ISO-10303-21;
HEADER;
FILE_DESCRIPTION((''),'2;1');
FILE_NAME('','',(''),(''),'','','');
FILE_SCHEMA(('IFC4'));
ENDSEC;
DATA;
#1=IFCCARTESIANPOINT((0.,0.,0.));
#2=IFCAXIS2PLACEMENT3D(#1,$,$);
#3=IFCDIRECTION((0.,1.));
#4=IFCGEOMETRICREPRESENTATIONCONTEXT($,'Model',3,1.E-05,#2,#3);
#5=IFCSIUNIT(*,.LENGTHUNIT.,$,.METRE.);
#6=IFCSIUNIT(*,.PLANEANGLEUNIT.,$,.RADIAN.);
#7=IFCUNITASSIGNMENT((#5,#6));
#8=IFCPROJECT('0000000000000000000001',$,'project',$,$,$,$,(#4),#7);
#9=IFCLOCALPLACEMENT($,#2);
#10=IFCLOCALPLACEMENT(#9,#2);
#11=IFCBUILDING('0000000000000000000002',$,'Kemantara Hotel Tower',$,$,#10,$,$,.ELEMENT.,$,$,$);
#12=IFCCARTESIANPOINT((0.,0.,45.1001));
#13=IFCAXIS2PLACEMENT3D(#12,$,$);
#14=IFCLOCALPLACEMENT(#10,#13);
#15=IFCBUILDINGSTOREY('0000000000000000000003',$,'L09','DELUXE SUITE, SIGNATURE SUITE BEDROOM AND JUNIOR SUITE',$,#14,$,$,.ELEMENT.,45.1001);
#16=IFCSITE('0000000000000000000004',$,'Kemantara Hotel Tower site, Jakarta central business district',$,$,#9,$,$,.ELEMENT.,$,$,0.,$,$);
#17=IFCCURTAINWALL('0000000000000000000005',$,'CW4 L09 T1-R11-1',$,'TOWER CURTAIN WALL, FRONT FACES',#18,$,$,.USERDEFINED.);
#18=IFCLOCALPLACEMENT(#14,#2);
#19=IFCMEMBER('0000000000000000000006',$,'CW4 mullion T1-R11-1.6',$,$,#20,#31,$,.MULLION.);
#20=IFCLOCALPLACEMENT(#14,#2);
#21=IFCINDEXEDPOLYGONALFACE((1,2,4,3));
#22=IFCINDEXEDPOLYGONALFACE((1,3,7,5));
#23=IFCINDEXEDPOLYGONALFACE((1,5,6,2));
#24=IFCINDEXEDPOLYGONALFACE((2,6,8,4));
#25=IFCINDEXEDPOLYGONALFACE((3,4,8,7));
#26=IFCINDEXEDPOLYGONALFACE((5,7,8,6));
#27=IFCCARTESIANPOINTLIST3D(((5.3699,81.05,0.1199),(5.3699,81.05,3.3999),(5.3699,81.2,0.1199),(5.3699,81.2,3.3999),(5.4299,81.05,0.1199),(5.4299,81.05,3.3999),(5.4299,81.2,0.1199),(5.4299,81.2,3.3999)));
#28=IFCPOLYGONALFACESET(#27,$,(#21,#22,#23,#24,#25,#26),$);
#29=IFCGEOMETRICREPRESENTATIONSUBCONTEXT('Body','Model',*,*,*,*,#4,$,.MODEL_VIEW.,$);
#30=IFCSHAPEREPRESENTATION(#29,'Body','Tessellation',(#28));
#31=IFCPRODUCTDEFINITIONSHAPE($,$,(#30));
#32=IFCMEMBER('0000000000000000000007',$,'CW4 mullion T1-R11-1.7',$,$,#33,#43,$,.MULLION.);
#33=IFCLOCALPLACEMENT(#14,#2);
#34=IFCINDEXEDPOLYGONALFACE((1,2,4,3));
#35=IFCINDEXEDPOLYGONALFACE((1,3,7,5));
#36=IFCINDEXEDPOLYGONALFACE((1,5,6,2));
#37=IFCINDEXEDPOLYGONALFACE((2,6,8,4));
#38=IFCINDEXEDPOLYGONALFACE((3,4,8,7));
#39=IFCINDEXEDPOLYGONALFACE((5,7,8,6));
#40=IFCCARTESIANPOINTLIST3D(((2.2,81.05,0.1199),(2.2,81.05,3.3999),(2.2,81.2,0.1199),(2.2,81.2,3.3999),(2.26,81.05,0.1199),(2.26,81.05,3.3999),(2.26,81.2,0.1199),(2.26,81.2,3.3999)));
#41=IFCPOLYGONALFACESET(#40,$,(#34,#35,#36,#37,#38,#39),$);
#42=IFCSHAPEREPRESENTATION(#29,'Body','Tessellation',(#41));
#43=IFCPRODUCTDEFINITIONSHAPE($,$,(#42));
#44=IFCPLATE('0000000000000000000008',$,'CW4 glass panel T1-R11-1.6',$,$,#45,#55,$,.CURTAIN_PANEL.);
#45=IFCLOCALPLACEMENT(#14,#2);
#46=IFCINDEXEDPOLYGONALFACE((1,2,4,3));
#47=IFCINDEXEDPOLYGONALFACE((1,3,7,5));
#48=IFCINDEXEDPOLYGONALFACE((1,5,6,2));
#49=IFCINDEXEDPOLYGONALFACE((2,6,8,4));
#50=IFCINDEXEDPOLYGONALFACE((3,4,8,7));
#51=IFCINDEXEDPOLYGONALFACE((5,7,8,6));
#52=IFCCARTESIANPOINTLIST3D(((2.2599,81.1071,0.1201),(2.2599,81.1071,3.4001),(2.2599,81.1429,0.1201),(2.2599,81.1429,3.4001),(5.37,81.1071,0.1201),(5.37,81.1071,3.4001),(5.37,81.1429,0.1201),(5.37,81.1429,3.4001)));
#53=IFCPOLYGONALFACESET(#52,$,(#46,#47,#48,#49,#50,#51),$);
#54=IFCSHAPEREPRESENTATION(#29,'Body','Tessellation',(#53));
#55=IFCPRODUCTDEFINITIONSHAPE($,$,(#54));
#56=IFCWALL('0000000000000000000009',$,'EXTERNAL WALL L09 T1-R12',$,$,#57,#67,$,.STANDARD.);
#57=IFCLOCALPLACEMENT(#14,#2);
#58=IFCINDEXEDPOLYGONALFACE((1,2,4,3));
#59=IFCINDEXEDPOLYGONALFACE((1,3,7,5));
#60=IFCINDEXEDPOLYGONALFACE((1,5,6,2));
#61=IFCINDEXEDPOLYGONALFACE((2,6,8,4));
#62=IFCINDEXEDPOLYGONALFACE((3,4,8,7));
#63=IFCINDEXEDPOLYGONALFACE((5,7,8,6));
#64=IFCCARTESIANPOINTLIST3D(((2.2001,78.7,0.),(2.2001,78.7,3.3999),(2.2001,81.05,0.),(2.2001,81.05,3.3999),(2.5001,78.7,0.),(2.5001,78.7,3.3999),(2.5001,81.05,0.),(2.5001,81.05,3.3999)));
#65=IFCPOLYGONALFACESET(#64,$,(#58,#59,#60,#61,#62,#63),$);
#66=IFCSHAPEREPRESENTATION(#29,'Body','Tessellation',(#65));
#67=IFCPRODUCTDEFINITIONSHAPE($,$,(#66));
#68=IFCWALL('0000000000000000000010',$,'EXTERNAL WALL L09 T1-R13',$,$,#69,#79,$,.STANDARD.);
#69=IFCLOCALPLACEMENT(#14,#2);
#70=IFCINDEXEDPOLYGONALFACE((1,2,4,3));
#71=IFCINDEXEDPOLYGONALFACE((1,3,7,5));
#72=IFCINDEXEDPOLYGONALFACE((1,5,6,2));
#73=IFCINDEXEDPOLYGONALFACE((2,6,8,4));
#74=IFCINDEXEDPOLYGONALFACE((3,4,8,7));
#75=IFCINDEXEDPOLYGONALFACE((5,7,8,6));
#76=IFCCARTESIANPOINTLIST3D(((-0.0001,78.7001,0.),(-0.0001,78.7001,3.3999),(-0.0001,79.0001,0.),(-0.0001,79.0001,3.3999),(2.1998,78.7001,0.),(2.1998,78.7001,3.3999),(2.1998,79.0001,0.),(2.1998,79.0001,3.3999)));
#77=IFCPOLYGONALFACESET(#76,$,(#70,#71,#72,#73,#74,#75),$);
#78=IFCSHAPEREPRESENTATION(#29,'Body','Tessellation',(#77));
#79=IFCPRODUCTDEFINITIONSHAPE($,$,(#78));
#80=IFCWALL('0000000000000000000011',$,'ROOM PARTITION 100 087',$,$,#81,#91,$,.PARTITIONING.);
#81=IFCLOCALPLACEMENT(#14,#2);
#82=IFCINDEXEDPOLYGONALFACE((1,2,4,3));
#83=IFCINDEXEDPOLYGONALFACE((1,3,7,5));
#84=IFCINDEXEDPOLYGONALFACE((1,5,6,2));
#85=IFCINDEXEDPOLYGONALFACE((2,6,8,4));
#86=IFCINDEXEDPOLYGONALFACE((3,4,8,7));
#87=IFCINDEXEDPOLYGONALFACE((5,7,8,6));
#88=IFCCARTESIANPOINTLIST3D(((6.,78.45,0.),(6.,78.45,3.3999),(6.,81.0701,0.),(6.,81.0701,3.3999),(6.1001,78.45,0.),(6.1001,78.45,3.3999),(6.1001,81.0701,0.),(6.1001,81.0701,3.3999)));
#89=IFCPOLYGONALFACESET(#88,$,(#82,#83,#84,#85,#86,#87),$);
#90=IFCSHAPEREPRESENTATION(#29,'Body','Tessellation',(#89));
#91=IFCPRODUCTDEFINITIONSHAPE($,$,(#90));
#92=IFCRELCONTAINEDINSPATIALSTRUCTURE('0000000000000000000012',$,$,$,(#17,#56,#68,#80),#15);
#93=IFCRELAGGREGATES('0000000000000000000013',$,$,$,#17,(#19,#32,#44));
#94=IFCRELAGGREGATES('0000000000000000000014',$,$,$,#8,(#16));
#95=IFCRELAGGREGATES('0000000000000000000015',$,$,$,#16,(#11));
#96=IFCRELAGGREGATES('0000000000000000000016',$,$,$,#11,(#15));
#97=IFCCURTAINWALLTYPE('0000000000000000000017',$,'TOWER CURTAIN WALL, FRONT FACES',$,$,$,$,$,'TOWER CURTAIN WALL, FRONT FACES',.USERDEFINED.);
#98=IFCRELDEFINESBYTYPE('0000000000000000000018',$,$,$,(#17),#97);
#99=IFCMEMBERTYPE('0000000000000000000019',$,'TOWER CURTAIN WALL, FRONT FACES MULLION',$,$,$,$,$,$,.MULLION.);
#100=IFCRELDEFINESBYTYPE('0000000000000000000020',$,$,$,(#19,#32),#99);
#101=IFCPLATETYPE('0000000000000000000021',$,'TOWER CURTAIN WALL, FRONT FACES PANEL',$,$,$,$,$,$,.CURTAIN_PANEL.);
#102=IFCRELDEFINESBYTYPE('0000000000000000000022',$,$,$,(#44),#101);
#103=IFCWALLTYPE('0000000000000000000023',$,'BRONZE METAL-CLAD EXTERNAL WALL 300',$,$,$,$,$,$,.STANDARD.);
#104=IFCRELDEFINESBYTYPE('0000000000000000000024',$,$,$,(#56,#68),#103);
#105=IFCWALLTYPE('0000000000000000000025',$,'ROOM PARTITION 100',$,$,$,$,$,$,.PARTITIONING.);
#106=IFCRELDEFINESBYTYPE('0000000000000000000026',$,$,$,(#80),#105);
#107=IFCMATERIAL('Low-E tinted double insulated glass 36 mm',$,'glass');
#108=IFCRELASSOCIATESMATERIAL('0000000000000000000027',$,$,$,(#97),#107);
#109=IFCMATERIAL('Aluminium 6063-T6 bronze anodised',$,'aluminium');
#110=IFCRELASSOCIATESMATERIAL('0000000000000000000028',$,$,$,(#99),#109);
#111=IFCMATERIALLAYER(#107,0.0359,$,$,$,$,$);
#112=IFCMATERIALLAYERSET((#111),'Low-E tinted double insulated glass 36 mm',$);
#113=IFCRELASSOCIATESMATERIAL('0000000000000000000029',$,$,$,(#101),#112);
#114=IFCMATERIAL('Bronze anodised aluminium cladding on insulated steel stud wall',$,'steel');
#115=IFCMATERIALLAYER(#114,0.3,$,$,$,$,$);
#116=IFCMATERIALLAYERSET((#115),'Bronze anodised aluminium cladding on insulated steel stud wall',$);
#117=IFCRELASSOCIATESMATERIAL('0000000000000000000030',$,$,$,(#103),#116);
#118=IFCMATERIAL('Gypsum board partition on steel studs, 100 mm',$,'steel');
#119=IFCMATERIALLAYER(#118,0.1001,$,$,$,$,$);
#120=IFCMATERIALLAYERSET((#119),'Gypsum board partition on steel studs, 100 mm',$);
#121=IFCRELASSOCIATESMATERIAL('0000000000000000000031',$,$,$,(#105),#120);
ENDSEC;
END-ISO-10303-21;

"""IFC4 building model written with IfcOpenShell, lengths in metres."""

from ifc_helpers import new_model, si_unit, direction, frame, frame_2d, origin, origin_2d, place, context, subcontext, project, spatial, rectangle, extrude, source, transform, mapped, material, layer, layer_set, material_profile, profile_set, type_object, element, aggregate, save


model = new_model("IFC4")

# Units and contexts
model_context = context("Model", 3, precision=1e-05, world=origin(), true_north=direction((0.0, 1.0)))
body_context = subcontext(model_context, "Body", "Model", "MODEL_VIEW")
ifc_project = project(units=[si_unit("LENGTHUNIT", "METRE"), si_unit("PLANEANGLEUNIT", "RADIAN")], contexts=[model_context])

# Site, building, storey
site_placement = place(None, origin())
site = spatial("IfcSite", under=ifc_project, at=site_placement, Name="Kemantara Hotel Tower site, Jakarta central business district", CompositionType="ELEMENT", RefElevation=0.0)
building_placement = place(site_placement, origin())
building = spatial("IfcBuilding", under=site, at=building_placement, Name="Kemantara Hotel Tower", CompositionType="ELEMENT")
storey_placement = place(building_placement, frame((0.0, 0.0, 45.1001)))
storey = spatial("IfcBuildingStorey", under=building, at=storey_placement, Name="L09", Description="DELUXE SUITE, SIGNATURE SUITE BEDROOM AND JUNIOR SUITE", CompositionType="ELEMENT", Elevation=45.1001)

# Curtain wall, members, plate
ifc_material_1 = material(Name="Low-E tinted double insulated glass 36 mm", Category="glass")
curtain_wall_type = type_object("IfcCurtainWallType", Name="TOWER CURTAIN WALL, FRONT FACES", ElementType="TOWER CURTAIN WALL, FRONT FACES", PredefinedType="USERDEFINED", material=ifc_material_1)
curtain_wall_placement = place(storey_placement, origin())
curtain_wall = element("IfcCurtainWall", 1, at=curtain_wall_placement, inside=storey, type_object=curtain_wall_type, Name="CW4 L09 T1-R11-1", ObjectType="TOWER CURTAIN WALL, FRONT FACES", PredefinedType="USERDEFINED")
ifc_material_2 = material(Name="Aluminium 6063-T6 bronze anodised", Category="aluminium")
ifc_material_profile = material_profile(ifc_material_2, rectangle(XDim=0.1499, YDim=0.0601, at=origin_2d()), Name="TOWER CURTAIN WALL, FRONT FACES MULLION")
ifc_profile_set = profile_set([ifc_material_profile], Name="Aluminium 6063-T6 bronze anodised")
member_type = type_object("IfcMemberType", Name="TOWER CURTAIN WALL, FRONT FACES MULLION", PredefinedType="MULLION", material=ifc_profile_set)
shared_shape_1 = source(origin(), body_context, "Body", "SweptSolid", [
    extrude(rectangle(XDim=0.1499, YDim=0.0601, at=origin_2d()), origin(), (0.0, 0.0, 1.0), 3.28),
])
member_1_placement = place(storey_placement, frame((5.3999, 81.125, 0.1199), z_axis=(0.0, 0.0, 1.0), x_axis=(0.0, -1.0, 0.0)))
member_1 = element("IfcMember", 2, at=member_1_placement, type_object=member_type, Name="CW4 mullion T1-R11-1.6", PredefinedType="MULLION", context=body_context, shape_type="MappedRepresentation", body=[
    mapped(shared_shape_1, transform((0.0, 0.0, 0.0))),
])
member_2_placement = place(storey_placement, frame((2.23, 81.125, 0.1199), z_axis=(0.0, 0.0, 1.0), x_axis=(0.0, -1.0, 0.0)))
member_2 = element("IfcMember", 3, at=member_2_placement, type_object=member_type, Name="CW4 mullion T1-R11-1.7", PredefinedType="MULLION", context=body_context, shape_type="MappedRepresentation", body=[
    mapped(shared_shape_1, transform((0.0, 0.0, 0.0))),
])
ifc_layer_1 = layer(ifc_material_1, 0.0359)
ifc_layer_set_1 = layer_set([ifc_layer_1], Name="Low-E tinted double insulated glass 36 mm")
plate_type = type_object("IfcPlateType", Name="TOWER CURTAIN WALL, FRONT FACES PANEL", PredefinedType="CURTAIN_PANEL", material=ifc_layer_set_1)
shared_shape_2 = source(origin(), body_context, "Body", "SweptSolid", [
    extrude(rectangle(XDim=3.1101, YDim=0.0359, at=origin_2d()), origin(), (0.0, 0.0, 1.0), 3.28),
])
plate_placement = place(storey_placement, frame((3.8149, 81.125, 0.1201), z_axis=(0.0, 0.0, 1.0), x_axis=(-1.0, 0.0, 0.0)))
plate = element("IfcPlate", 4, at=plate_placement, type_object=plate_type, Name="CW4 glass panel T1-R11-1.6", PredefinedType="CURTAIN_PANEL", context=body_context, shape_type="MappedRepresentation", body=[
    mapped(shared_shape_2, transform((0.0, 0.0, 0.0))),
])
aggregate(curtain_wall, [member_1, member_2, plate])

# Walls
ifc_material_3 = material(Name="Bronze anodised aluminium cladding on insulated steel stud wall", Category="steel")
ifc_layer_2 = layer(ifc_material_3, 0.3)
ifc_layer_set_2 = layer_set([ifc_layer_2], Name="Bronze anodised aluminium cladding on insulated steel stud wall")
wall_type_1 = type_object("IfcWallType", Name="BRONZE METAL-CLAD EXTERNAL WALL 300", PredefinedType="STANDARD", material=ifc_layer_set_2)
wall_1_placement = place(storey_placement, frame((2.3501, 81.05, 0.0), z_axis=(0.0, 0.0, 1.0), x_axis=(0.0, -1.0, 0.0)))
element("IfcWall", 5, at=wall_1_placement, inside=storey, type_object=wall_type_1, Name="EXTERNAL WALL L09 T1-R12", PredefinedType="STANDARD", context=body_context, shape_type="SweptSolid", body=[
    extrude(rectangle(XDim=2.3501, YDim=0.3, at=frame_2d((1.175, 0.0))), origin(), (0.0, 0.0, 1.0), 3.3999),
])
wall_2_placement = place(storey_placement, frame((2.2, 78.8501, 0.0), z_axis=(0.0, 0.0, 1.0), x_axis=(-1.0, 0.0, 0.0)))
element("IfcWall", 6, at=wall_2_placement, inside=storey, type_object=wall_type_1, Name="EXTERNAL WALL L09 T1-R13", PredefinedType="STANDARD", context=body_context, shape_type="SweptSolid", body=[
    extrude(rectangle(XDim=2.2, YDim=0.3, at=frame_2d((1.1001, 0.0))), origin(), (0.0, 0.0, 1.0), 3.3999),
])

# Wall
ifc_material_4 = material(Name="Gypsum board partition on steel studs, 100 mm", Category="steel")
ifc_layer_3 = layer(ifc_material_4, 0.1001)
ifc_layer_set_3 = layer_set([ifc_layer_3], Name="Gypsum board partition on steel studs, 100 mm")
wall_type_2 = type_object("IfcWallType", Name="ROOM PARTITION 100", PredefinedType="PARTITIONING", material=ifc_layer_set_3)
wall_3_placement = place(storey_placement, frame((6.05, 78.45, 0.0), z_axis=(0.0, 0.0, 1.0), x_axis=(0.0, 1.0, 0.0)))
element("IfcWall", 7, at=wall_3_placement, inside=storey, type_object=wall_type_2, Name="ROOM PARTITION 100 087", PredefinedType="PARTITIONING", context=body_context, shape_type="SweptSolid", body=[
    extrude(rectangle(XDim=2.6201, YDim=0.1001, at=frame_2d((1.3101, 0.0))), origin(), (0.0, 0.0, 1.0), 3.3999),
])

save(model, "model.ifc")
